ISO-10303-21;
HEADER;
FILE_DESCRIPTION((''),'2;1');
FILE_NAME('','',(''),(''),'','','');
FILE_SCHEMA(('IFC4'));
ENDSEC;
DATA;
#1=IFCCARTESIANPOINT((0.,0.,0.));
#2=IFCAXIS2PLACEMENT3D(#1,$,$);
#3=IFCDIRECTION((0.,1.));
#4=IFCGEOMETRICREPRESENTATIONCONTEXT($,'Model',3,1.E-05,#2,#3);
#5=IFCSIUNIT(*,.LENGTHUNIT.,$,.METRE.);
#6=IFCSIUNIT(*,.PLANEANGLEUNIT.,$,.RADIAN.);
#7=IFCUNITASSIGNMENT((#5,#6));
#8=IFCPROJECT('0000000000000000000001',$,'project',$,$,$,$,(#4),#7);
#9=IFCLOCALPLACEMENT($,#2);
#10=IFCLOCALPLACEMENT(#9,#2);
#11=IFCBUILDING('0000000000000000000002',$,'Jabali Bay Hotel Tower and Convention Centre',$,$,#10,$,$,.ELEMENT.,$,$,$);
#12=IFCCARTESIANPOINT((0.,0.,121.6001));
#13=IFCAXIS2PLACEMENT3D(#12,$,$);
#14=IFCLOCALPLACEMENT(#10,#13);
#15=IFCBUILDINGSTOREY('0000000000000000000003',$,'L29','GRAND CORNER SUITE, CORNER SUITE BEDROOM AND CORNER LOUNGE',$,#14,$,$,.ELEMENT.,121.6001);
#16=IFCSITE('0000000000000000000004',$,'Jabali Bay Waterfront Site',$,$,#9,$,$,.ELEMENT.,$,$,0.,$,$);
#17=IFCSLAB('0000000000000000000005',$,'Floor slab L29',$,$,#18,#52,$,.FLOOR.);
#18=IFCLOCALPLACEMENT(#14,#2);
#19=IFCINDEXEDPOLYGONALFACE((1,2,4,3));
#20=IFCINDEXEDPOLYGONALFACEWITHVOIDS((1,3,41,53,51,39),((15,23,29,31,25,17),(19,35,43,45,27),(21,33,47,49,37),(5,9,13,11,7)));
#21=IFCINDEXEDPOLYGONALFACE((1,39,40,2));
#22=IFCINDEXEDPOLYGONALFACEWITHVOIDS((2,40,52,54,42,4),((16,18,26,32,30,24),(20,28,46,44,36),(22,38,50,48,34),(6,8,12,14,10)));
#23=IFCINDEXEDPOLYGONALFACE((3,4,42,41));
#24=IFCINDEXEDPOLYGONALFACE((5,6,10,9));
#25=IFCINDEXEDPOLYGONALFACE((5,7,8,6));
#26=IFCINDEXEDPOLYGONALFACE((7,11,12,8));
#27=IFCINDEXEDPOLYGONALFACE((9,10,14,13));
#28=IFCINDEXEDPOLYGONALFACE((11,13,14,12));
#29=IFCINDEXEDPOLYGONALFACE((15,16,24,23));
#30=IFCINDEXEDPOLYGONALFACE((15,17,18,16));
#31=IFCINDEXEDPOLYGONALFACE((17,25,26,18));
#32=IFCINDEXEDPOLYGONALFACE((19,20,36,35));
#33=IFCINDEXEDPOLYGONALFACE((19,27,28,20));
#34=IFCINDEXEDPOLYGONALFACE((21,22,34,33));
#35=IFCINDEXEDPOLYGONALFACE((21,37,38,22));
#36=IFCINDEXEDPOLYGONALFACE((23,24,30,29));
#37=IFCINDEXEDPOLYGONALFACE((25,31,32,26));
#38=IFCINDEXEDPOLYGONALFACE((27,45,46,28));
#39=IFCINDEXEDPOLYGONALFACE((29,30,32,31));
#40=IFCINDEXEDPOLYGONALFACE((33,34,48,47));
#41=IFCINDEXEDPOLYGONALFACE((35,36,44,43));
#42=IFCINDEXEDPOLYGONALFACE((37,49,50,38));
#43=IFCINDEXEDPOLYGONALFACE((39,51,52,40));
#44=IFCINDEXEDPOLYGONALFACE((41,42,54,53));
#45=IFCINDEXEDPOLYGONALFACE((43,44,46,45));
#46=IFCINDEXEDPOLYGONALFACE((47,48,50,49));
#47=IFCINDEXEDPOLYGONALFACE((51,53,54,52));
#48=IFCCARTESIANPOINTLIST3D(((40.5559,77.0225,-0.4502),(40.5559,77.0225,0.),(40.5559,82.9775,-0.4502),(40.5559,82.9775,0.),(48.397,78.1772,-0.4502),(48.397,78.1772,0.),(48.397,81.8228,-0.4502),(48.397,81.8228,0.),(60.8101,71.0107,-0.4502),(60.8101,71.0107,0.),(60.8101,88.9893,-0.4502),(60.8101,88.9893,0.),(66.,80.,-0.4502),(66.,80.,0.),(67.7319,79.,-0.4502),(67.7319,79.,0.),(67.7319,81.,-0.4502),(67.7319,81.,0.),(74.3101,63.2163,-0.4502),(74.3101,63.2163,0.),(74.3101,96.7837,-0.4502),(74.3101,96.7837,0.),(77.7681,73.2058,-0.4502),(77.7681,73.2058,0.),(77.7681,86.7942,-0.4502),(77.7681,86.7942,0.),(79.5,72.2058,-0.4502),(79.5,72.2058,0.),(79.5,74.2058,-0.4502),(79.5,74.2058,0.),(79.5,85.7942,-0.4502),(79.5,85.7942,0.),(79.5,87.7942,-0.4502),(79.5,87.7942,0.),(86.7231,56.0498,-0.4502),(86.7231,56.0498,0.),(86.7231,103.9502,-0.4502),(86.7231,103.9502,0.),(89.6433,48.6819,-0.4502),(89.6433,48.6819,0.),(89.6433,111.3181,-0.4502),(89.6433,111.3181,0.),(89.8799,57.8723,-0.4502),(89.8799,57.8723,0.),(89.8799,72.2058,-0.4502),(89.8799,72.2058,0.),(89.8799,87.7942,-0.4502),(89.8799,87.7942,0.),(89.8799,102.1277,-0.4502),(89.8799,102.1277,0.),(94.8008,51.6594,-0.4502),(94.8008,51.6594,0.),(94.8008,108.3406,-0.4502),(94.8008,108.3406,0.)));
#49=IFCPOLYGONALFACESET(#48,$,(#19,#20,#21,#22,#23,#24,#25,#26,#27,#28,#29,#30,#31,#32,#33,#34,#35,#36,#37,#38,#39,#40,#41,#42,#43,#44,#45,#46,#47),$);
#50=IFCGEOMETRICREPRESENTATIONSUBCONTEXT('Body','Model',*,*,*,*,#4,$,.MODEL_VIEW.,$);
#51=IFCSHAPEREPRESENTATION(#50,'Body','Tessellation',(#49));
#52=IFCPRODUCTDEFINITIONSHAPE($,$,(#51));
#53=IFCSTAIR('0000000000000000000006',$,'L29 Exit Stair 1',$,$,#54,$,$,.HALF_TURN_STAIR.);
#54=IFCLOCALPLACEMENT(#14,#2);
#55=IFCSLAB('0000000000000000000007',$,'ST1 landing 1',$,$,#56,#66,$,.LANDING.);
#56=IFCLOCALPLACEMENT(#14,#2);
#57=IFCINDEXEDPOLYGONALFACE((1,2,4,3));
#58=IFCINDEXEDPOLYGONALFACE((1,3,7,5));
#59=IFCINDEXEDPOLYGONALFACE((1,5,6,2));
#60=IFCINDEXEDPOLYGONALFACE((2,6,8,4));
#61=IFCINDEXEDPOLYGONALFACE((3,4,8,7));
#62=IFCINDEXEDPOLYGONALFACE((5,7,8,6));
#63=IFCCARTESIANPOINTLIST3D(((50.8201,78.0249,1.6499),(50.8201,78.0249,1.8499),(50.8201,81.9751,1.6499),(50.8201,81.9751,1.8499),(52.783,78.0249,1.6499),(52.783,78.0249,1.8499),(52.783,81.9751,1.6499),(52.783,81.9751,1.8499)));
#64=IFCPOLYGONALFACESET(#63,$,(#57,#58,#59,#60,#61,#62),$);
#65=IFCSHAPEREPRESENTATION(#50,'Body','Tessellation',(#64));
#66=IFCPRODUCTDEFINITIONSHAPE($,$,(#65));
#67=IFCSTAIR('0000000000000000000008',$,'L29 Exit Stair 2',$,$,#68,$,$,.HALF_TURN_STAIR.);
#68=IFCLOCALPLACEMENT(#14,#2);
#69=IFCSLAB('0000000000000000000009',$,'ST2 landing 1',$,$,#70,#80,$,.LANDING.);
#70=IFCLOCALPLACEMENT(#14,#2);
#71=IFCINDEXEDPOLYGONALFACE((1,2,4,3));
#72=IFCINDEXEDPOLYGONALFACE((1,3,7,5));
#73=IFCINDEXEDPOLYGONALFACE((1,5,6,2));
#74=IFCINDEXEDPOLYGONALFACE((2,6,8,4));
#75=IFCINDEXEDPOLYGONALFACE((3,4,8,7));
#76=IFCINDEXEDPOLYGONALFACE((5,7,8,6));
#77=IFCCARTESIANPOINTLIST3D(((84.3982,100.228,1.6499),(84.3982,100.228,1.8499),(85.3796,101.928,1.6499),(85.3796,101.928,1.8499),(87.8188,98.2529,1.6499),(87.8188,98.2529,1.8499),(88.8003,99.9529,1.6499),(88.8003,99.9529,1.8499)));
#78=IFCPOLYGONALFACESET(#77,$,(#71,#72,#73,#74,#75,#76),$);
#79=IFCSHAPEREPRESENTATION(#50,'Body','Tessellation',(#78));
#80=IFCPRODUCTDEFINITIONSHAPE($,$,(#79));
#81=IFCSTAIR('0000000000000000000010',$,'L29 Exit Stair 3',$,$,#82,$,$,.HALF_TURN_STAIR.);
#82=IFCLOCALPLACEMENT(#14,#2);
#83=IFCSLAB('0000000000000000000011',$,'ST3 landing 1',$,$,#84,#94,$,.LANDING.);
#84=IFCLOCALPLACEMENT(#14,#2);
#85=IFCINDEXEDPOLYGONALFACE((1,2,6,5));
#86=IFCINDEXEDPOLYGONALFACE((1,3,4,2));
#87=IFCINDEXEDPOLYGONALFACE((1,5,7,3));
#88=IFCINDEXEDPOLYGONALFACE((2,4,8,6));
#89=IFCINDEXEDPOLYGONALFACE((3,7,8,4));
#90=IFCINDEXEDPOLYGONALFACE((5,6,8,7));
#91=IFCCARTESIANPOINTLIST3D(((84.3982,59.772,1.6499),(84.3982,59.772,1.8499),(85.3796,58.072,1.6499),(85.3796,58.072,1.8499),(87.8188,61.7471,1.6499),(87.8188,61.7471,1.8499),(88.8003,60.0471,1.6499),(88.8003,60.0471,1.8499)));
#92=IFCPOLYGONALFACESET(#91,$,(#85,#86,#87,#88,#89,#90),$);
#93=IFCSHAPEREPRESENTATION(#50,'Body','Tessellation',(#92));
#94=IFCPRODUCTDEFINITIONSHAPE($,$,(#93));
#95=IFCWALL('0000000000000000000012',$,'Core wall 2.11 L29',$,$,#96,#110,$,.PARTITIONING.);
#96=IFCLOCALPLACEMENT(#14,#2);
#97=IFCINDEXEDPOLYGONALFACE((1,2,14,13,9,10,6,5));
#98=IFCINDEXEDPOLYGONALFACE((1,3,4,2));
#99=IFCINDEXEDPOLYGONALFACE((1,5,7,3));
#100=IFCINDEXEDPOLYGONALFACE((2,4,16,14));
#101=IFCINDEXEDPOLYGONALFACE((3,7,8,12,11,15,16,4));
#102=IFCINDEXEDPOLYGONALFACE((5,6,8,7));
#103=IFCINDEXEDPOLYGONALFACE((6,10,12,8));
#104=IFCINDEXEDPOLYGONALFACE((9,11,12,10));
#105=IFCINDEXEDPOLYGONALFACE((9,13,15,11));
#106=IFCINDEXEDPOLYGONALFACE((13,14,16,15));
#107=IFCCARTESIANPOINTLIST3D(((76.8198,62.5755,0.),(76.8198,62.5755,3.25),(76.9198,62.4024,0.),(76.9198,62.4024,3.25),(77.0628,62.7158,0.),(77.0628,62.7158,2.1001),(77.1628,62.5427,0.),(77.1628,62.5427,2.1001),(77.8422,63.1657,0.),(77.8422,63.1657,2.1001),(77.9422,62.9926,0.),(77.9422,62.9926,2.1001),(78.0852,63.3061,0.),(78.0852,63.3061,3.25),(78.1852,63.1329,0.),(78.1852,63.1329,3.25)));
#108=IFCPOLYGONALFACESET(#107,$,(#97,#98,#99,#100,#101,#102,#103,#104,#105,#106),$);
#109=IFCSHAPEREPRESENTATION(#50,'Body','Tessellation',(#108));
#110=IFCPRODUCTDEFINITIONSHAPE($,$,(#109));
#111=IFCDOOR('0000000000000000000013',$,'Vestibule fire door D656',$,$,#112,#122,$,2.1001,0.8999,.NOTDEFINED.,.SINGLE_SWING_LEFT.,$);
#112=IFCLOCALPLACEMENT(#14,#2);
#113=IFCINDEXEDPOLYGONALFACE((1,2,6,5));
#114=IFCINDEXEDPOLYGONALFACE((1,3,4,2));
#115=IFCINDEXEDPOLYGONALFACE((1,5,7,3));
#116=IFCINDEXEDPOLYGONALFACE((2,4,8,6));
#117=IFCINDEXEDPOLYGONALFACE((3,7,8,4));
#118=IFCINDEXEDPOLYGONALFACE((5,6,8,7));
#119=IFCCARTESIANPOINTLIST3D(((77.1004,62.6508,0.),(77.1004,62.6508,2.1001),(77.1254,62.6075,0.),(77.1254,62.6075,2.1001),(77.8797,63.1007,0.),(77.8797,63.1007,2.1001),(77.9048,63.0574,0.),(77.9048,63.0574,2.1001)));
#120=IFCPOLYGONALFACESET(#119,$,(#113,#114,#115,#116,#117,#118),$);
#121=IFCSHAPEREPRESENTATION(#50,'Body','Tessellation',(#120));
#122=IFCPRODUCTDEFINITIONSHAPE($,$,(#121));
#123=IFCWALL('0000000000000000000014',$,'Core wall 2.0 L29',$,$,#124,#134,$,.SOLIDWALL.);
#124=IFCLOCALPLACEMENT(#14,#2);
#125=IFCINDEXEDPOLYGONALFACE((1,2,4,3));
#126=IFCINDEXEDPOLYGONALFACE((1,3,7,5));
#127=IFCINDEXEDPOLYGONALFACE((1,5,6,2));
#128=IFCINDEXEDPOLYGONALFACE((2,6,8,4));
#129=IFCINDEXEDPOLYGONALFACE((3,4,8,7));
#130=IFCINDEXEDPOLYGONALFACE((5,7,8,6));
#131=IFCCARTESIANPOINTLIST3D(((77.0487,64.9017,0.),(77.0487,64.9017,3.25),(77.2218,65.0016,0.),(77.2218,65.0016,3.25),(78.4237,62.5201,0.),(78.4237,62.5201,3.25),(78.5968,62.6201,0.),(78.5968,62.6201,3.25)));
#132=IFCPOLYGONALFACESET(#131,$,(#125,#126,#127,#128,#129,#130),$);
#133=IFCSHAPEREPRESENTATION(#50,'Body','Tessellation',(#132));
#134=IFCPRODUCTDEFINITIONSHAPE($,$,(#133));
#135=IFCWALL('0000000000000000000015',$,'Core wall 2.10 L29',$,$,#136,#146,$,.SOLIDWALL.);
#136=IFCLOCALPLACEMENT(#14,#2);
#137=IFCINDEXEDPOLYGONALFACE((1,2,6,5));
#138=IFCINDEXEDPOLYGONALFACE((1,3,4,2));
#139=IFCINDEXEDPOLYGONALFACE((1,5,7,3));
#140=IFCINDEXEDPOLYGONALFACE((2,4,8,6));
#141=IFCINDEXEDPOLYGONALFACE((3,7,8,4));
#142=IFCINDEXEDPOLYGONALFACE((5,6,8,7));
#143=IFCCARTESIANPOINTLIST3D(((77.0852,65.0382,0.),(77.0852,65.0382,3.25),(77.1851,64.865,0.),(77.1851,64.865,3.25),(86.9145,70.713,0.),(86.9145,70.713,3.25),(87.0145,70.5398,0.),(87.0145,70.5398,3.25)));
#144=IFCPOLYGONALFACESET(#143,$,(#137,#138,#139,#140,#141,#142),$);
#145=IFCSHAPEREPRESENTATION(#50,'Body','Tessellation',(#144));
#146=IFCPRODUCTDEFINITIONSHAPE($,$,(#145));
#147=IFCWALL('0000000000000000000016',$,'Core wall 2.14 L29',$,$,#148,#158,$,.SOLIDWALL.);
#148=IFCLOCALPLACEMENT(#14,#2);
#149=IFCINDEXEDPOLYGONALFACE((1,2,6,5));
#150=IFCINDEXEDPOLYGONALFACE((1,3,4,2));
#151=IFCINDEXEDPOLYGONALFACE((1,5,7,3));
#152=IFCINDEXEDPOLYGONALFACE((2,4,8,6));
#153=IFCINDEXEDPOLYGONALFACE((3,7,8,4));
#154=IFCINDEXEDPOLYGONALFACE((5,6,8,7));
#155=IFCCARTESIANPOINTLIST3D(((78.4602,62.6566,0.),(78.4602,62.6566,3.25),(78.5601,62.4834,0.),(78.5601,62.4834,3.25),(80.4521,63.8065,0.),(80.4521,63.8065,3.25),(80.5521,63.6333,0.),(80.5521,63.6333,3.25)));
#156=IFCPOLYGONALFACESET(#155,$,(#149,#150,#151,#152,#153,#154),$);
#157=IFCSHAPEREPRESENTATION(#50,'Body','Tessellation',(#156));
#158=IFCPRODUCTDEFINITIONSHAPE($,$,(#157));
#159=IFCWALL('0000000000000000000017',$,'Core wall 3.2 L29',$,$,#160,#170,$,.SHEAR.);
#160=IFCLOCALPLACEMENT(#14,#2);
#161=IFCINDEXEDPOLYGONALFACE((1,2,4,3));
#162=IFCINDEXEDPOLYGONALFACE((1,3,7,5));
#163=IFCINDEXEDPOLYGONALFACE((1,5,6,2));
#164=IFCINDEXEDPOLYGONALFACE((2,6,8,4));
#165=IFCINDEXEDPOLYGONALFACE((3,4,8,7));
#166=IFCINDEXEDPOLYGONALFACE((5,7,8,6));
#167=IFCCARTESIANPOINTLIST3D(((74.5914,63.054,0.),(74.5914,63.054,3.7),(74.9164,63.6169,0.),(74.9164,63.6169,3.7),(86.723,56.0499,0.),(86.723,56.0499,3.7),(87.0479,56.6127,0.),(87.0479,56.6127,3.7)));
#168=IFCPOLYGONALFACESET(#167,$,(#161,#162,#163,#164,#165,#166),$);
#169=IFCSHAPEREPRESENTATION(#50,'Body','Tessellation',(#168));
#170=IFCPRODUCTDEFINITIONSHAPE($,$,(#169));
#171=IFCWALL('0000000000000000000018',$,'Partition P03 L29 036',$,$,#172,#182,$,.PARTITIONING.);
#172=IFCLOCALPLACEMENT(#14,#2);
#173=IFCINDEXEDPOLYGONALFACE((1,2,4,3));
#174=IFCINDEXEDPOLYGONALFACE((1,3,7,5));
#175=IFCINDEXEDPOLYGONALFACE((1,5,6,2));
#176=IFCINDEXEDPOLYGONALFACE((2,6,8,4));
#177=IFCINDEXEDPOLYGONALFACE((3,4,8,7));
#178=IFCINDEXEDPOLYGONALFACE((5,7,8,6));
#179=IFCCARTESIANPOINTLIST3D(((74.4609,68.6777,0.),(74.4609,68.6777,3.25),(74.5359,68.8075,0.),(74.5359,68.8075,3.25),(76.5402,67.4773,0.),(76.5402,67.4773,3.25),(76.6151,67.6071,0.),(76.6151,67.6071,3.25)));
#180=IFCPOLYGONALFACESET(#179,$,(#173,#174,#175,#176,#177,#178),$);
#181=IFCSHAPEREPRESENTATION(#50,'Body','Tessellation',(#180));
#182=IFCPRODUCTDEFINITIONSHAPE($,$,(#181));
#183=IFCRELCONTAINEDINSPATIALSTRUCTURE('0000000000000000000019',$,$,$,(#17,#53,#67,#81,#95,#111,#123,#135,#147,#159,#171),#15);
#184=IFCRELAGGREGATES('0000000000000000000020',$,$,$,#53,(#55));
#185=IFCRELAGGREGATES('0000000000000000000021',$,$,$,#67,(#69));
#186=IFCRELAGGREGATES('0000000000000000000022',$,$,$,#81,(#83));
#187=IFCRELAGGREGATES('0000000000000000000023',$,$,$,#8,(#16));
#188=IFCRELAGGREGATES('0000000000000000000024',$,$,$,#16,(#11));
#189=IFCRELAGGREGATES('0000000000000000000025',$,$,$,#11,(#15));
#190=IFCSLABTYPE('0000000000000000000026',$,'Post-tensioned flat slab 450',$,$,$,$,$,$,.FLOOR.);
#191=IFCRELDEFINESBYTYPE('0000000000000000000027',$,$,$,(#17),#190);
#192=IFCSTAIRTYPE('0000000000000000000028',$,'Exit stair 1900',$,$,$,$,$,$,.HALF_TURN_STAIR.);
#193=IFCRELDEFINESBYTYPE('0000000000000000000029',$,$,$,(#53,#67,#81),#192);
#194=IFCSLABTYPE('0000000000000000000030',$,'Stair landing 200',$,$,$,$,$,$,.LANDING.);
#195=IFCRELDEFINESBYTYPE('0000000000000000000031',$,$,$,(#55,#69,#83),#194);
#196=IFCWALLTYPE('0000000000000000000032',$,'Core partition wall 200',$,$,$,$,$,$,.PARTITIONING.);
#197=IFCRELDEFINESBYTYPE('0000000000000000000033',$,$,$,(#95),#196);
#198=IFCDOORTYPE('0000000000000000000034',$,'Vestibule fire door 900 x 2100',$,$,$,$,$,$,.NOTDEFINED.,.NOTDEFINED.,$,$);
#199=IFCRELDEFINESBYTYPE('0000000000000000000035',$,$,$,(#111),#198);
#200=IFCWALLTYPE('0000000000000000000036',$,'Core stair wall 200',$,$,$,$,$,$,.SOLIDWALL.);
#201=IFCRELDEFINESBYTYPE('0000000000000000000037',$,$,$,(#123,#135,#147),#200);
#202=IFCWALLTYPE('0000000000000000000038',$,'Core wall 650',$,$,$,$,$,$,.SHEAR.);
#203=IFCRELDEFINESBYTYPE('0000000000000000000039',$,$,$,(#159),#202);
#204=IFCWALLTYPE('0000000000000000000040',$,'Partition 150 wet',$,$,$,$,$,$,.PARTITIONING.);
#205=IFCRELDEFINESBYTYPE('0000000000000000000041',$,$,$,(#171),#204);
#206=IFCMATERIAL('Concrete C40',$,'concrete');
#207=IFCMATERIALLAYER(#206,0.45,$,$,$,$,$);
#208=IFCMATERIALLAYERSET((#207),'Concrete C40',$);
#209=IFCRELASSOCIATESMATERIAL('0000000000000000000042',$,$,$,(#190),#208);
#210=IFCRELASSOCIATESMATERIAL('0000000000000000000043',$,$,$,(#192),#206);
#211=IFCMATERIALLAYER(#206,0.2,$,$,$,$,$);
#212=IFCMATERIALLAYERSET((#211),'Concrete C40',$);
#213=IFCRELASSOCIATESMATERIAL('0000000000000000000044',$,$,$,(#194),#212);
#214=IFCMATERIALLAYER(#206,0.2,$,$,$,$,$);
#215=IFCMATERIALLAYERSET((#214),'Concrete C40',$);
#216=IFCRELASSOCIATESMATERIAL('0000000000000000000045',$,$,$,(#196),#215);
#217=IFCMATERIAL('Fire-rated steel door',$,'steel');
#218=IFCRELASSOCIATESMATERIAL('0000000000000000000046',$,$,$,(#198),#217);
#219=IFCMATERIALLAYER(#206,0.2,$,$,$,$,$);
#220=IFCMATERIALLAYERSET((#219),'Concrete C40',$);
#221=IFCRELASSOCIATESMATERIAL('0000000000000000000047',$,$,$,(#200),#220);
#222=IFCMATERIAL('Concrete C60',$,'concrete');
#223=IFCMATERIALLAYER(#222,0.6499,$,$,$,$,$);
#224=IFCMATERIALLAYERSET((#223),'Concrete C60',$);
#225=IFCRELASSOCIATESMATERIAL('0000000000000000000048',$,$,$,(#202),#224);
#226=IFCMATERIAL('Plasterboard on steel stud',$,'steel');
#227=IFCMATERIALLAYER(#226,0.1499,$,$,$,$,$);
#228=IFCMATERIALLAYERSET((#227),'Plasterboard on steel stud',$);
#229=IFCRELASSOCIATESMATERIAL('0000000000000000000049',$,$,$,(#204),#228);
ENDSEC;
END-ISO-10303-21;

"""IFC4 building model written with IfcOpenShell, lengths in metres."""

from ifc_helpers import new_model, si_unit, direction, frame, frame_2d, origin, place, context, subcontext, project, spatial, polyline, rectangle, outline, extrude, material, layer, layer_set, type_object, element, fill, aggregate, save


model = new_model("IFC4")

# Units and contexts
model_context = context("Model", 3, precision=1e-05, world=origin(), true_north=direction((0.0, 1.0)))
body_context = subcontext(model_context, "Body", "Model", "MODEL_VIEW")
ifc_project = project(units=[si_unit("LENGTHUNIT", "METRE"), si_unit("PLANEANGLEUNIT", "RADIAN")], contexts=[model_context])

# Site, building, storey
site_placement = place(None, origin())
site = spatial("IfcSite", under=ifc_project, at=site_placement, Name="Jabali Bay Waterfront Site", CompositionType="ELEMENT", RefElevation=0.0)
building_placement = place(site_placement, origin())
building = spatial("IfcBuilding", under=site, at=building_placement, Name="Jabali Bay Hotel Tower and Convention Centre", CompositionType="ELEMENT")
storey_placement = place(building_placement, frame((0.0, 0.0, 121.6001)))
storey = spatial("IfcBuildingStorey", under=building, at=storey_placement, Name="L29", Description="GRAND CORNER SUITE, CORNER SUITE BEDROOM AND CORNER LOUNGE", CompositionType="ELEMENT", Elevation=121.6001)

# Shared definitions
ifc_material_1 = material(Name="Concrete C60", Category="concrete")

# Slab
ifc_material_2 = material(Name="Concrete C40", Category="concrete")
ifc_layer_1 = layer(ifc_material_2, 0.45)
ifc_layer_set_1 = layer_set([ifc_layer_1], Name="Concrete C40")
slab_type_1 = type_object("IfcSlabType", Name="Post-tensioned flat slab 450", PredefinedType="FLOOR", material=ifc_layer_set_1)
slab_1_placement = place(storey_placement, frame((0.0, 0.0, -0.4502)))
element("IfcSlab", 1, at=slab_1_placement, inside=storey, type_object=slab_type_1, Name="Floor slab L29", PredefinedType="FLOOR", context=body_context, shape_type="SweptSolid", body=[
    extrude(outline(polyline([(89.6433, 111.3181), (94.8008, 108.3406), (94.8008, 51.6594), (89.6433, 48.6819), (40.5559, 77.0225), (40.5559, 82.9775), (89.6433, 111.3181)]), holes=[polyline([(67.7319, 79.0), (77.7681, 73.2058), (79.5, 74.2058), (79.5, 85.7942), (77.7681, 86.7942), (67.7319, 81.0), (67.7319, 79.0)]), polyline([(48.397, 78.1772), (60.8101, 71.0107), (66.0, 80.0), (60.8101, 88.9893), (48.397, 81.8228), (48.397, 78.1772)]), polyline([(89.8799, 102.1277), (86.7231, 103.9502), (74.3101, 96.7837), (79.5, 87.7942), (89.8799, 87.7942), (89.8799, 102.1277)]), polyline([(74.3101, 63.2163), (86.7231, 56.0498), (89.8799, 57.8723), (89.8799, 72.2058), (79.5, 72.2058), (74.3101, 63.2163)])]), origin(), (0.0, 0.0, 1.0), 0.4502),
])

# Stairs, slabs
stair_type = type_object("IfcStairType", Name="Exit stair 1900", PredefinedType="HALF_TURN_STAIR", material=ifc_material_2)
stair_1_placement = place(storey_placement, origin())
stair_1 = element("IfcStair", 2, at=stair_1_placement, inside=storey, type_object=stair_type, Name="L29 Exit Stair 1", PredefinedType="HALF_TURN_STAIR")
ifc_layer_2 = layer(ifc_material_2, 0.2)
ifc_layer_set_2 = layer_set([ifc_layer_2], Name="Concrete C40")
slab_type_2 = type_object("IfcSlabType", Name="Stair landing 200", PredefinedType="LANDING", material=ifc_layer_set_2)
slab_2_placement = place(storey_placement, frame((0.0, 0.0, 1.6499)))
slab_2 = element("IfcSlab", 3, at=slab_2_placement, type_object=slab_type_2, Name="ST1 landing 1", PredefinedType="LANDING", context=body_context, shape_type="SweptSolid", body=[
    extrude(outline(polyline([(52.783, 81.9751), (50.8201, 81.9751), (50.8201, 78.0249), (52.783, 78.0249), (52.783, 81.9751)])), origin(), (0.0, 0.0, 1.0), 0.2),
])
aggregate(stair_1, [slab_2])
stair_2_placement = place(storey_placement, origin())
stair_2 = element("IfcStair", 4, at=stair_2_placement, inside=storey, type_object=stair_type, Name="L29 Exit Stair 2", PredefinedType="HALF_TURN_STAIR")
slab_3_placement = place(storey_placement, frame((0.0, 0.0, 1.6499)))
slab_3 = element("IfcSlab", 5, at=slab_3_placement, type_object=slab_type_2, Name="ST2 landing 1", PredefinedType="LANDING", context=body_context, shape_type="SweptSolid", body=[
    extrude(outline(polyline([(87.8188, 98.2529), (88.8003, 99.9529), (85.3796, 101.928), (84.3982, 100.228), (87.8188, 98.2529)])), origin(), (0.0, 0.0, 1.0), 0.2),
])
aggregate(stair_2, [slab_3])
stair_3_placement = place(storey_placement, origin())
stair_3 = element("IfcStair", 6, at=stair_3_placement, inside=storey, type_object=stair_type, Name="L29 Exit Stair 3", PredefinedType="HALF_TURN_STAIR")
slab_4_placement = place(storey_placement, frame((0.0, 0.0, 1.6499)))
slab_4 = element("IfcSlab", 7, at=slab_4_placement, type_object=slab_type_2, Name="ST3 landing 1", PredefinedType="LANDING", context=body_context, shape_type="SweptSolid", body=[
    extrude(outline(polyline([(84.3982, 59.772), (85.3796, 58.072), (88.8003, 60.0471), (87.8188, 61.7471), (84.3982, 59.772)])), origin(), (0.0, 0.0, 1.0), 0.2),
])
aggregate(stair_3, [slab_4])

# Wall, opening, door
ifc_layer_3 = layer(ifc_material_2, 0.2)
ifc_layer_set_3 = layer_set([ifc_layer_3], Name="Concrete C40")
wall_type_1 = type_object("IfcWallType", Name="Core partition wall 200", PredefinedType="PARTITIONING", material=ifc_layer_set_3)
wall_1_placement = place(storey_placement, frame((76.8699, 62.489, 0.0), z_axis=(0.0, 0.0, 1.0), x_axis=(0.866055, 0.499949, 0.0)))
wall_1 = element("IfcWall", 8, at=wall_1_placement, inside=storey, type_object=wall_type_1, Name="Core wall 2.11 L29", PredefinedType="PARTITIONING", context=body_context, shape_type="SweptSolid", body=[
    extrude(rectangle(XDim=1.4612, YDim=0.2, at=frame_2d((0.7305, 0.0))), origin(), (0.0, 0.0, 1.0), 3.25),
])
opening_placement = place(wall_1_placement, frame((0.2805, 0.0, 0.0)))
opening = element("IfcOpeningElement", 9, at=opening_placement, cuts=wall_1, PredefinedType="OPENING", context=body_context, shape_type="SweptSolid", body=[
    extrude(rectangle(XDim=0.8999, YDim=2.1001, at=frame_2d((0.45, 1.05))), frame((0.0, 0.1104, 0.0), z_axis=(0.0, -1.0, 0.0), x_axis=(1.0, 0.0, 0.0)), (0.0, 0.0, 1.0), 0.2209),
])
ifc_material_3 = material(Name="Fire-rated steel door", Category="steel")
door_type = type_object("IfcDoorType", Name="Vestibule fire door 900 x 2100", OperationType="NOTDEFINED", PredefinedType="NOTDEFINED", material=ifc_material_3)
door_placement = place(opening_placement, origin())
door = element("IfcDoor", 10, at=door_placement, inside=storey, type_object=door_type, Name="Vestibule fire door D656", OperationType="SINGLE_SWING_LEFT", OverallHeight=2.1001, OverallWidth=0.8999, PredefinedType="NOTDEFINED", context=body_context, shape_type="SweptSolid", body=[
    extrude(rectangle(XDim=0.8999, YDim=2.1001, at=frame_2d((0.45, 1.05))), frame((0.0, 0.0249, 0.0), z_axis=(0.0, -1.0, 0.0), x_axis=(1.0, 0.0, 0.0)), (0.0, 0.0, 1.0), 0.05),
])
fill(opening, door)

# Walls
ifc_layer_4 = layer(ifc_material_2, 0.2)
ifc_layer_set_4 = layer_set([ifc_layer_4], Name="Concrete C40")
wall_type_2 = type_object("IfcWallType", Name="Core stair wall 200", PredefinedType="SOLIDWALL", material=ifc_layer_set_4)
wall_2_placement = place(storey_placement, frame((77.1353, 64.9517, 0.0), z_axis=(0.0, 0.0, 1.0), x_axis=(0.499997, -0.866027, 0.0)))
element("IfcWall", 11, at=wall_2_placement, inside=storey, type_object=wall_type_2, Name="Core wall 2.0 L29", PredefinedType="SOLIDWALL", context=body_context, shape_type="SweptSolid", body=[
    extrude(rectangle(XDim=2.75, YDim=0.2, at=frame_2d((1.375, 0.0))), origin(), (0.0, 0.0, 1.0), 3.25),
])
wall_3_placement = place(storey_placement, frame((77.1353, 64.9517, 0.0), z_axis=(0.0, 0.0, 1.0), x_axis=(0.866032, 0.499989, 0.0)))
element("IfcWall", 12, at=wall_3_placement, inside=storey, type_object=wall_type_2, Name="Core wall 2.10 L29", PredefinedType="SOLIDWALL", context=body_context, shape_type="SweptSolid", body=[
    extrude(rectangle(XDim=11.3499, YDim=0.2, at=frame_2d((5.6748, 0.0))), origin(), (0.0, 0.0, 1.0), 3.25),
])
wall_4_placement = place(storey_placement, frame((78.5103, 62.5701, 0.0), z_axis=(0.0, 0.0, 1.0), x_axis=(0.866053, 0.499952, 0.0)))
element("IfcWall", 13, at=wall_4_placement, inside=storey, type_object=wall_type_2, Name="Core wall 2.14 L29", PredefinedType="SOLIDWALL", context=body_context, shape_type="SweptSolid", body=[
    extrude(rectangle(XDim=2.3, YDim=0.2, at=frame_2d((1.1499, 0.0))), origin(), (0.0, 0.0, 1.0), 3.25),
])
ifc_layer_5 = layer(ifc_material_1, 0.6499)
ifc_layer_set_5 = layer_set([ifc_layer_5], Name="Concrete C60")
wall_type_3 = type_object("IfcWallType", Name="Core wall 650", PredefinedType="SHEAR", material=ifc_layer_set_5)
wall_5_placement = place(storey_placement, frame((74.7539, 63.3354, 0.0), z_axis=(0.0, 0.0, 1.0), x_axis=(0.866026, -0.499999, 0.0)))
element("IfcWall", 14, at=wall_5_placement, inside=storey, type_object=wall_type_3, Name="Core wall 3.2 L29", PredefinedType="SHEAR", context=body_context, shape_type="SweptSolid", body=[
    extrude(rectangle(XDim=14.0083, YDim=0.6499, at=frame_2d((7.0042, 0.0))), origin(), (0.0, 0.0, 1.0), 3.7),
])
ifc_material_4 = material(Name="Plasterboard on steel stud", Category="steel")
ifc_layer_6 = layer(ifc_material_4, 0.1499)
ifc_layer_set_6 = layer_set([ifc_layer_6], Name="Plasterboard on steel stud")
wall_type_4 = type_object("IfcWallType", Name="Partition 150 wet", PredefinedType="PARTITIONING", material=ifc_layer_set_6)
wall_6_placement = place(storey_placement, frame((76.5776, 67.5422, 0.0), z_axis=(0.0, 0.0, 1.0), x_axis=(-0.866038, 0.499978, 0.0)))
element("IfcWall", 15, at=wall_6_placement, inside=storey, type_object=wall_type_4, Name="Partition P03 L29 036", PredefinedType="PARTITIONING", context=body_context, shape_type="SweptSolid", body=[
    extrude(rectangle(XDim=2.4009, YDim=0.1499, at=frame_2d((1.2004, 0.0))), origin(), (0.0, 0.0, 1.0), 3.25),
])

save(model, "model.ifc")
